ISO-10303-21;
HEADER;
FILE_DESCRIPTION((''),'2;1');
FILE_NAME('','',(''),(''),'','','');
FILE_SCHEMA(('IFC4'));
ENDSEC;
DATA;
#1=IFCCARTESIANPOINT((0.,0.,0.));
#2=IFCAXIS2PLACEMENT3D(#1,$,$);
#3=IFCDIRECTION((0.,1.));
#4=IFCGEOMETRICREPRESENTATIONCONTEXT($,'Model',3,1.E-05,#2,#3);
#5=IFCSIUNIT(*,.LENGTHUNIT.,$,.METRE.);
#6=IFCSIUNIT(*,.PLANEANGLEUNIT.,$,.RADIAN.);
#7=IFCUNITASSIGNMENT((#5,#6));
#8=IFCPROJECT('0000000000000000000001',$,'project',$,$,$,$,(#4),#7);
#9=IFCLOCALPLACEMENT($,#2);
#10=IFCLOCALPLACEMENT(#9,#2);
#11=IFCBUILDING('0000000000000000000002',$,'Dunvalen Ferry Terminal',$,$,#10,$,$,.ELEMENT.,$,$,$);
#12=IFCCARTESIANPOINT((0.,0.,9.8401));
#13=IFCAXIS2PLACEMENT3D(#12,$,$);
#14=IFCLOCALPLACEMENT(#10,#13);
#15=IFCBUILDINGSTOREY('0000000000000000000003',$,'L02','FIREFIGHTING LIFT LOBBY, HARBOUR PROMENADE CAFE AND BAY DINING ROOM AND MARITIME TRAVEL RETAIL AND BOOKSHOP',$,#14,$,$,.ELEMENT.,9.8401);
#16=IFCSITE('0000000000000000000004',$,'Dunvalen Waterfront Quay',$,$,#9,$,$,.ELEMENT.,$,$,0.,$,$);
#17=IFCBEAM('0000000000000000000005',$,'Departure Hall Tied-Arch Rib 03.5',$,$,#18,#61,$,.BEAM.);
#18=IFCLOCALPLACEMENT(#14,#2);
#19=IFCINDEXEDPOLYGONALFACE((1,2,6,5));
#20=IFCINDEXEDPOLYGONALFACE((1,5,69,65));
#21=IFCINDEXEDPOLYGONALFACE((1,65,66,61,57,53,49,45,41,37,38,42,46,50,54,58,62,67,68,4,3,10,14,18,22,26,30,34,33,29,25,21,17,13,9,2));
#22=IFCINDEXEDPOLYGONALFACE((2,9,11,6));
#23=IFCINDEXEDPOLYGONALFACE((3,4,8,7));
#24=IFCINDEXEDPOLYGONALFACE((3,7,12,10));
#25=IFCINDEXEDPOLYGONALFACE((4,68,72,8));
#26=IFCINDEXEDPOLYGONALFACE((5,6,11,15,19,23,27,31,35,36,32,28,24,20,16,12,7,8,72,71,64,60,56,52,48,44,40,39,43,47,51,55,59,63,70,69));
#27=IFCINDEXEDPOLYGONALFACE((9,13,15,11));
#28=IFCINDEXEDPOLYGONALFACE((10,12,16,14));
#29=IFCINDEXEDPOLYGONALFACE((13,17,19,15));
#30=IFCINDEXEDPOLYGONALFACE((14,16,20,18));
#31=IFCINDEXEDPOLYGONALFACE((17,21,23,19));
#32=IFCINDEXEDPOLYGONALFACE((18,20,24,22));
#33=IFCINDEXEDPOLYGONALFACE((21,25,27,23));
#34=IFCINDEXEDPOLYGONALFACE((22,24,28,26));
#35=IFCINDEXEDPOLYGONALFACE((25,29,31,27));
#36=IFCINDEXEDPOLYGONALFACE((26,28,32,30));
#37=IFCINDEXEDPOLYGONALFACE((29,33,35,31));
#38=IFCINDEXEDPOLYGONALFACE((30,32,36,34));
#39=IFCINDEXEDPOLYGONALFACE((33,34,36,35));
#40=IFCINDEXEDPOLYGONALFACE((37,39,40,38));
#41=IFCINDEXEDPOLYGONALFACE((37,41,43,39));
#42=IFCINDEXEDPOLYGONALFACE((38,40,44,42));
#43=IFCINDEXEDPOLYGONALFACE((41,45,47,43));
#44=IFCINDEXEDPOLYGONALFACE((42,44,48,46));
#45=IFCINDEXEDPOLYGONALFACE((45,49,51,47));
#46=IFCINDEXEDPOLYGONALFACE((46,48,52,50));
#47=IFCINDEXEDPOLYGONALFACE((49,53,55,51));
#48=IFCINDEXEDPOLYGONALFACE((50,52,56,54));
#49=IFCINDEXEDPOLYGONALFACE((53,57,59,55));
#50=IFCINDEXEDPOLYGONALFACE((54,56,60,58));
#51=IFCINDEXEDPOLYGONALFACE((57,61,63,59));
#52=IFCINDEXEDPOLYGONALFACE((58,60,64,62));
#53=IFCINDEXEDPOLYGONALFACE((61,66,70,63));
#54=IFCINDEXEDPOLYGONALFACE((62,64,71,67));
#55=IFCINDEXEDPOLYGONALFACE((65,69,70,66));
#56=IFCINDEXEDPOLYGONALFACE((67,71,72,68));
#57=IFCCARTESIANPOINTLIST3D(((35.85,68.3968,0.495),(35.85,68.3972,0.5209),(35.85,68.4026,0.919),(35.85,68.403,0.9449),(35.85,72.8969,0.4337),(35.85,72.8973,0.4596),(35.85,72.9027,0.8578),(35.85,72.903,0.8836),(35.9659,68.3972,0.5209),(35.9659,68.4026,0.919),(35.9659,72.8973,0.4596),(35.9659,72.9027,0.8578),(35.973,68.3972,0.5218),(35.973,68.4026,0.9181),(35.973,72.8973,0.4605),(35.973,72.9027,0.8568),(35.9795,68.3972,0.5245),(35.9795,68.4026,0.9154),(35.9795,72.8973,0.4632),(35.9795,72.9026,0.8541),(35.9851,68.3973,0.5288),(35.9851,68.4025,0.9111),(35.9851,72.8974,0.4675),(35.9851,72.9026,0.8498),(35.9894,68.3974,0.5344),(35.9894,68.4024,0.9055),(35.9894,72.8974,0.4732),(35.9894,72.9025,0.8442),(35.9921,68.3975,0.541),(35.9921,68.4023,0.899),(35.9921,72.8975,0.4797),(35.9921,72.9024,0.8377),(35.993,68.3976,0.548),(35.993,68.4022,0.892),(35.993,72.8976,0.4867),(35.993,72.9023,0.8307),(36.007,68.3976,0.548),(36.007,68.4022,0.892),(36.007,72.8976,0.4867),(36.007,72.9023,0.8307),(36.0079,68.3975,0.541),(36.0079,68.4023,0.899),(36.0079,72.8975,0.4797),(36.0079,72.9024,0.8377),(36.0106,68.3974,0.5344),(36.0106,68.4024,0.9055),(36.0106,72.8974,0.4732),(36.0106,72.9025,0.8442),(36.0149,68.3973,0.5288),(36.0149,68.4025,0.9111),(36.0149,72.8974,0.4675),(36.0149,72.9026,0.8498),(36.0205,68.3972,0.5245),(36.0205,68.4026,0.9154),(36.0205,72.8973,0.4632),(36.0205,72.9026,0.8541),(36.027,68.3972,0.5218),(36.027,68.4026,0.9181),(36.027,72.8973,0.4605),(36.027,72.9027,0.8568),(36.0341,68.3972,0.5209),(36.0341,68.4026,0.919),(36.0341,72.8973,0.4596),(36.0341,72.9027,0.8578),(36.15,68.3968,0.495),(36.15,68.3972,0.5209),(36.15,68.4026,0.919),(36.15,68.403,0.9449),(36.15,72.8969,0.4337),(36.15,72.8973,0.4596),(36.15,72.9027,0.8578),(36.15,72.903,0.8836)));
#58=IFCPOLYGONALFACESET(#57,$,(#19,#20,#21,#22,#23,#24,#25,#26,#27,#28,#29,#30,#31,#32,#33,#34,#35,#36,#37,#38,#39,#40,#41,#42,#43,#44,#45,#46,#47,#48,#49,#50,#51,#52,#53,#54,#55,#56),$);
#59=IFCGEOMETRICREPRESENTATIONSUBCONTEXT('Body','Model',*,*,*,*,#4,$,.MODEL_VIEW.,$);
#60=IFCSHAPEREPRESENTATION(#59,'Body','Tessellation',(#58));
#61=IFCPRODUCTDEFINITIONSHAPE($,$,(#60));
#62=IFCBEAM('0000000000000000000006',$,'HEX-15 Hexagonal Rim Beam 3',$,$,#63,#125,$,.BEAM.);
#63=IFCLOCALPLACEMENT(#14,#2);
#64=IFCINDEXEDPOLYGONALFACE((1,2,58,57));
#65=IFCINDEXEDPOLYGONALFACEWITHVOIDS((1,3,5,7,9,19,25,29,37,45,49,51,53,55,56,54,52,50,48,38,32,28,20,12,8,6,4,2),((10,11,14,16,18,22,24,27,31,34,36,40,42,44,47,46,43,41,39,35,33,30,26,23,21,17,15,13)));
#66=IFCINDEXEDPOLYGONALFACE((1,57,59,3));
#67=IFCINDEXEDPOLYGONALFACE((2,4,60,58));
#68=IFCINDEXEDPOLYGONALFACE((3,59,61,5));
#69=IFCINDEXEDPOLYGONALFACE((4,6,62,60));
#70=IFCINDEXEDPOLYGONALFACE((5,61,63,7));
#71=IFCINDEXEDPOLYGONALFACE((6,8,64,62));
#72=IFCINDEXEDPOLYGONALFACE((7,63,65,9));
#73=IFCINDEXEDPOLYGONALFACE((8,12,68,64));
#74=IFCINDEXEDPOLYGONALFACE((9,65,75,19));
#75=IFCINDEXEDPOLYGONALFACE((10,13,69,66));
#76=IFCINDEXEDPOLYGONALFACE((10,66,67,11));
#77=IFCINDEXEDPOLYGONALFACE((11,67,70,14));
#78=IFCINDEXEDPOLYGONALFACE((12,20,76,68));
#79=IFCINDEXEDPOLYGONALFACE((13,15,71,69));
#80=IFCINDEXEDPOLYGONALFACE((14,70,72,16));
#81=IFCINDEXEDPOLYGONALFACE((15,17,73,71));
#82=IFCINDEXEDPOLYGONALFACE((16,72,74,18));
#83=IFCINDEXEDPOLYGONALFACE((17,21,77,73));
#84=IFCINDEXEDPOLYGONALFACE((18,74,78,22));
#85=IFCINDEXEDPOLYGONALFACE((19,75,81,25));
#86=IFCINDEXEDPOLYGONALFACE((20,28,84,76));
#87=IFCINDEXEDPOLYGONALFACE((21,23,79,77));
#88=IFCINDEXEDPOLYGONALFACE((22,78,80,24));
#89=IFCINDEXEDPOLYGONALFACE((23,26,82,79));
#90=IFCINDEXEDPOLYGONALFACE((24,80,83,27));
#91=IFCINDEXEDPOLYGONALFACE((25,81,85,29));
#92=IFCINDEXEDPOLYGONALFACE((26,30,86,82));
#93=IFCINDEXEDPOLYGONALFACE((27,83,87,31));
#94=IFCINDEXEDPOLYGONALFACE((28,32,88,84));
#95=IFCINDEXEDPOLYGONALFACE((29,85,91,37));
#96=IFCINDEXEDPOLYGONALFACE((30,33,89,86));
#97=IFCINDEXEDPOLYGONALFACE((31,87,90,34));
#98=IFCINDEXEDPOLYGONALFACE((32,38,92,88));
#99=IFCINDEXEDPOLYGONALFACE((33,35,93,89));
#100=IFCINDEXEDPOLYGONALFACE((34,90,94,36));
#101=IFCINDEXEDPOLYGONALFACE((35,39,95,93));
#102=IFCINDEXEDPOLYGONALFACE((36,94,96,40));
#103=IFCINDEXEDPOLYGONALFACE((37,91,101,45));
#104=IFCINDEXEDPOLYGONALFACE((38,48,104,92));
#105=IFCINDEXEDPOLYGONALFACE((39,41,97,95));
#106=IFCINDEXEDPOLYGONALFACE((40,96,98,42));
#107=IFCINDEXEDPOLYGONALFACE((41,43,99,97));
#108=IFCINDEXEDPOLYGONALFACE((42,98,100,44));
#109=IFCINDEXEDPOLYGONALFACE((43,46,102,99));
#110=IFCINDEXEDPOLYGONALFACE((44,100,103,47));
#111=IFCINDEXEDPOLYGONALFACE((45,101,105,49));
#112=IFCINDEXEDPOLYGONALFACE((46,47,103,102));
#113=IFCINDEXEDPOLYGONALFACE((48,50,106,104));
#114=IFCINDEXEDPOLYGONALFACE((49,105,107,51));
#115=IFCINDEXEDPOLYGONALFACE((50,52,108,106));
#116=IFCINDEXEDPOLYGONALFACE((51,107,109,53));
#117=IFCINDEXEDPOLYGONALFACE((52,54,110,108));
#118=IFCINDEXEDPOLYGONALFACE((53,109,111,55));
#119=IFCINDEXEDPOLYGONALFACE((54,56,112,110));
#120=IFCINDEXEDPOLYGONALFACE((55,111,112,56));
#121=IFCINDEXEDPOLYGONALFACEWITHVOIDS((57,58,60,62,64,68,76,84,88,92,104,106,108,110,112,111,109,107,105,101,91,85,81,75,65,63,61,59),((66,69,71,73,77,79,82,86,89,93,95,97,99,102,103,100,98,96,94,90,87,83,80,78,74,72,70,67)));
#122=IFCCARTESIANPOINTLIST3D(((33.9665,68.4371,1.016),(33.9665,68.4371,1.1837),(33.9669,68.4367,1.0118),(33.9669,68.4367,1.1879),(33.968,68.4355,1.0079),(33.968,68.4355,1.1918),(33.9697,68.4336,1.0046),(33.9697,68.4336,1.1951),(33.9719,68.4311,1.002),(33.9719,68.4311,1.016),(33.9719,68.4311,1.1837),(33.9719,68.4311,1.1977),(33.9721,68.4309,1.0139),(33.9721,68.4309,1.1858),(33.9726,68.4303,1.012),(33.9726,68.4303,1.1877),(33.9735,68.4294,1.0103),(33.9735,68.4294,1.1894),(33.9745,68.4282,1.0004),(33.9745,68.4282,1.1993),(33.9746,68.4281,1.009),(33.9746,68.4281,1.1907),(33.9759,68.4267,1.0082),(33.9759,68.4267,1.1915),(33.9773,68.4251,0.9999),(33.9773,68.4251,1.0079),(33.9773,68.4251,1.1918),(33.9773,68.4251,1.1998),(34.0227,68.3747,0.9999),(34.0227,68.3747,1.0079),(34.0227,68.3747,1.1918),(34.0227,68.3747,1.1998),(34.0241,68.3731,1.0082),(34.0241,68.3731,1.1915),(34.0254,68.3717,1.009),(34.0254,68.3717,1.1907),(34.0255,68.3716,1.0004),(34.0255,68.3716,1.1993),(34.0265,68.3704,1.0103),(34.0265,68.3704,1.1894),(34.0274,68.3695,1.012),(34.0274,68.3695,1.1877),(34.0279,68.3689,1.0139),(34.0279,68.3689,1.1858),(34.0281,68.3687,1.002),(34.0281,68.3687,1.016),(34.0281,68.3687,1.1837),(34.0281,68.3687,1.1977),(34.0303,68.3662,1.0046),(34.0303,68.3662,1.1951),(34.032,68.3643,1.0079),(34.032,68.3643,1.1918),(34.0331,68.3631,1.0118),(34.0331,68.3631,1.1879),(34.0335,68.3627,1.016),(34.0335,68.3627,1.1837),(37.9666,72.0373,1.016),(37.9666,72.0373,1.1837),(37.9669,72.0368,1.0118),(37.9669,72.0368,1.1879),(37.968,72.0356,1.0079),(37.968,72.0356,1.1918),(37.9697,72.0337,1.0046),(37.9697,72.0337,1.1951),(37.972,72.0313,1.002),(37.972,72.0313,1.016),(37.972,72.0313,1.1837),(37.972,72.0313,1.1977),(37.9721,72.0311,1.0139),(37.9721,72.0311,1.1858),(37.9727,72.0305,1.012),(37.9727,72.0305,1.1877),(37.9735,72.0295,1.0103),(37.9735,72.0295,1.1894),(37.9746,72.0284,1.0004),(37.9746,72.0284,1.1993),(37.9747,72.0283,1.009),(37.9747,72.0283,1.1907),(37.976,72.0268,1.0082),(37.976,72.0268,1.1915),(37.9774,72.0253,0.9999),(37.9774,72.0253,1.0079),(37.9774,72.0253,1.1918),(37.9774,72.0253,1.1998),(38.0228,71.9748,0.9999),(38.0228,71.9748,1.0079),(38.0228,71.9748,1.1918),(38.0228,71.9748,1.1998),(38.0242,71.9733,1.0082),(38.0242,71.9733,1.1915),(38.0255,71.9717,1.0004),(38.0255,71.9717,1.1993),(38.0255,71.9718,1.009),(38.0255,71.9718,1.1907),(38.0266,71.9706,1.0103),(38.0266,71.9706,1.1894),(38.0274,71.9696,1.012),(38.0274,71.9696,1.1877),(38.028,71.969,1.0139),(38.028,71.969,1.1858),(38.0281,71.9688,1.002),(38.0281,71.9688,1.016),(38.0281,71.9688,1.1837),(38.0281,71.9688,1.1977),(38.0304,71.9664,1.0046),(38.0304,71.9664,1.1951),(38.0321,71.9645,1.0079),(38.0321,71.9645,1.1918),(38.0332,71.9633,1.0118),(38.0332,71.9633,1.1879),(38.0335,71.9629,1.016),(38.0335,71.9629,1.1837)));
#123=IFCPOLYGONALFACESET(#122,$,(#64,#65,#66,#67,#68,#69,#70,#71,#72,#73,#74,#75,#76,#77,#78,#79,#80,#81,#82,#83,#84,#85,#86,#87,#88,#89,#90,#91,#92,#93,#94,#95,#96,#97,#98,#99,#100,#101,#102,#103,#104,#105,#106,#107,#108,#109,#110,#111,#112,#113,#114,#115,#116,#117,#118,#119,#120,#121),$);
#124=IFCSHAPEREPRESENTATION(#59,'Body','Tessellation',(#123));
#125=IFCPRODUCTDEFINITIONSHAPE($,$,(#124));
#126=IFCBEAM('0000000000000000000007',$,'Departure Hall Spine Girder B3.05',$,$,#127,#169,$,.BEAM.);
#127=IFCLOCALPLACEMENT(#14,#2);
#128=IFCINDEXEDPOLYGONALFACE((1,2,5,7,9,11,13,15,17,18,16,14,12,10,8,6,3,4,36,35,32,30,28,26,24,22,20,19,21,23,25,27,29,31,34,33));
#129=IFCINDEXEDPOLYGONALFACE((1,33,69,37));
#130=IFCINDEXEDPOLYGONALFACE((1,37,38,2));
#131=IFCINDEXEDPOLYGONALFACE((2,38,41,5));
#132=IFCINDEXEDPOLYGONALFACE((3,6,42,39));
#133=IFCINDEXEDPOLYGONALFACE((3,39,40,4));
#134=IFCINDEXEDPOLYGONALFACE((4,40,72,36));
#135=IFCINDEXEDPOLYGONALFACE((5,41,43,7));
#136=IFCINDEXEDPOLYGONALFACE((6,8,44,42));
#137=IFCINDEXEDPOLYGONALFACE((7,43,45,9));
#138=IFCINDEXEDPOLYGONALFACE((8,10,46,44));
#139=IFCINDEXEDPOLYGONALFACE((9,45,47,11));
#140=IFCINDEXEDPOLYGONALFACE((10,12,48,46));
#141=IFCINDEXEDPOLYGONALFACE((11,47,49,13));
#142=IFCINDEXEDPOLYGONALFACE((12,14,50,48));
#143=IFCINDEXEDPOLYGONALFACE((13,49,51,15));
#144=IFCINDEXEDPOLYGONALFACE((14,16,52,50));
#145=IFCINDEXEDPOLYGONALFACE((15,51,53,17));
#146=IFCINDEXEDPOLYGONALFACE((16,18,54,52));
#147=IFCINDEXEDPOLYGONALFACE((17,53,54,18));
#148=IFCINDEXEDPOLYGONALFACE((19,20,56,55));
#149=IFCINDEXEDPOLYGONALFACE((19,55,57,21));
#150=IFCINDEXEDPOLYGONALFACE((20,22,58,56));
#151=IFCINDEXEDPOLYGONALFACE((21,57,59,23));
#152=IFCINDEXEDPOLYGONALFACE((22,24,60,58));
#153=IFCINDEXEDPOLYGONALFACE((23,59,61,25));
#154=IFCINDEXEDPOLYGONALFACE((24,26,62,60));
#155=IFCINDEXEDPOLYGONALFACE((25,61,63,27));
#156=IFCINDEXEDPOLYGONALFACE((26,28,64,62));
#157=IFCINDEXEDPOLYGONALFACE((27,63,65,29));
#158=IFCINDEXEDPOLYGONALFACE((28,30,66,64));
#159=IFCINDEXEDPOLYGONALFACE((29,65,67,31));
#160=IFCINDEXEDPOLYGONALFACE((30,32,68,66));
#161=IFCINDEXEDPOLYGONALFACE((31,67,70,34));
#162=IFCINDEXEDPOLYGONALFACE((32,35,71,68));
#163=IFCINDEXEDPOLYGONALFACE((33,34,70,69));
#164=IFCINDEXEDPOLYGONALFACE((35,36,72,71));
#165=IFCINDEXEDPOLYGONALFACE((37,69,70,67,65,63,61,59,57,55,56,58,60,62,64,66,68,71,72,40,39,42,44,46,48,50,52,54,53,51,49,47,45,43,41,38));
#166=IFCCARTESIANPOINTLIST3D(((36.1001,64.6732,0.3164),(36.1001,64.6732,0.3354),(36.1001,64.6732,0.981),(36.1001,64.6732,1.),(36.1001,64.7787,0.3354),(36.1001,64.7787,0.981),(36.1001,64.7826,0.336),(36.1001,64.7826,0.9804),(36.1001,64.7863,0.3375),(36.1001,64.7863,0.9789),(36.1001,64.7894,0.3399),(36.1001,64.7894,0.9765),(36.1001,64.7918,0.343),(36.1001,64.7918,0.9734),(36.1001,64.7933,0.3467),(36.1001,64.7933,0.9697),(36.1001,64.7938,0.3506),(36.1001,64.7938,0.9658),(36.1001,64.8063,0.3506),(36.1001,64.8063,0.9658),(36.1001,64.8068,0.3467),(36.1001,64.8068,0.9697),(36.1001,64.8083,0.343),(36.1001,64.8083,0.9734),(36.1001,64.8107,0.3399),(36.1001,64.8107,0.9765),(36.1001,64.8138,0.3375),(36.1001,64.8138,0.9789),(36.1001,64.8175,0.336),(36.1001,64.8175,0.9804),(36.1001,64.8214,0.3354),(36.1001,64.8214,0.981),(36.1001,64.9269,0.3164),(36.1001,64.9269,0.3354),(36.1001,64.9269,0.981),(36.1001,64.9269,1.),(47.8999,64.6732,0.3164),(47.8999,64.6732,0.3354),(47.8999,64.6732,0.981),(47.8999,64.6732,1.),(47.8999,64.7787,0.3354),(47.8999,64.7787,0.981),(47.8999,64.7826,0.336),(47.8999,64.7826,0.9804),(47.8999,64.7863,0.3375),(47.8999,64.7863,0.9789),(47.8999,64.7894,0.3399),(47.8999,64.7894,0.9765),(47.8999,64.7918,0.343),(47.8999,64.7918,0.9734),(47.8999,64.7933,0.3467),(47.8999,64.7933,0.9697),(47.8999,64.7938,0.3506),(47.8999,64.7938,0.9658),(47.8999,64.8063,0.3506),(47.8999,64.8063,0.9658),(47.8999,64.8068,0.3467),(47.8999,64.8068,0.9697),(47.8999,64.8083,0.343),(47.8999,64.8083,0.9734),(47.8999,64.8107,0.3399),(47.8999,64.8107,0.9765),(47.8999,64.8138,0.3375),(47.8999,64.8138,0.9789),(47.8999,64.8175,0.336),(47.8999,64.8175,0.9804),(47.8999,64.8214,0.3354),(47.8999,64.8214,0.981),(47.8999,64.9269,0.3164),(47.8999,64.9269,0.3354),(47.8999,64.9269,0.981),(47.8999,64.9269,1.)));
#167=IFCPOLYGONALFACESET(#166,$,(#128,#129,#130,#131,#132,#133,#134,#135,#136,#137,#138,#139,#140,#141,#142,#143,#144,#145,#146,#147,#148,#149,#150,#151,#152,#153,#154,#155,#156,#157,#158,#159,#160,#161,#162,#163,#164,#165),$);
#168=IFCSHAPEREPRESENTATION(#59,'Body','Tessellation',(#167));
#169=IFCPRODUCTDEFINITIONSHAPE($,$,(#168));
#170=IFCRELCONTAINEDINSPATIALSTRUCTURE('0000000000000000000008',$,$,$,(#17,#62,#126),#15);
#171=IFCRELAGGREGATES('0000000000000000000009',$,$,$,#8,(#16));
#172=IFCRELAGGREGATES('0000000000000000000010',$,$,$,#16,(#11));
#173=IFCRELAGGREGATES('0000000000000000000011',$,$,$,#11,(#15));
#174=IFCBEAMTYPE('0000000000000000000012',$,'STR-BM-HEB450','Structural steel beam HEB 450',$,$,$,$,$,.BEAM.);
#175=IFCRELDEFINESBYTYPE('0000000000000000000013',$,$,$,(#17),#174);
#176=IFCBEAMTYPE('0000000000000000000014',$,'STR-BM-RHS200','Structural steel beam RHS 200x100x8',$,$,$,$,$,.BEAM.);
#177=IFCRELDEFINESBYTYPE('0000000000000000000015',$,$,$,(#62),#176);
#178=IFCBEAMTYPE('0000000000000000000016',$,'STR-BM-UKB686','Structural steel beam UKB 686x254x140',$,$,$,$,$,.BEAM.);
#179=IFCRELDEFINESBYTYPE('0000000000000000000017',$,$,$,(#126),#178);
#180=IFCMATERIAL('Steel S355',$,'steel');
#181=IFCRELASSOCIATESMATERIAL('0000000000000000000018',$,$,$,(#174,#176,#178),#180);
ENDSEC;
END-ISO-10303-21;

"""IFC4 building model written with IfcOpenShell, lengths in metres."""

from ifc_helpers import new_model, si_unit, direction, frame, origin, origin_2d, place, context, subcontext, project, spatial, hollow_rectangle, i_section, extrude, material, material_profile, profile_set, type_object, element, save


model = new_model("IFC4")

# Units and contexts
model_context = context("Model", 3, precision=1e-05, world=origin(), true_north=direction((0.0, 1.0)))
body_context = subcontext(model_context, "Body", "Model", "MODEL_VIEW")
ifc_project = project(units=[si_unit("LENGTHUNIT", "METRE"), si_unit("PLANEANGLEUNIT", "RADIAN")], contexts=[model_context])

# Site, building, storey
site_placement = place(None, origin())
site = spatial("IfcSite", under=ifc_project, at=site_placement, Name="Dunvalen Waterfront Quay", CompositionType="ELEMENT", RefElevation=0.0)
building_placement = place(site_placement, origin())
building = spatial("IfcBuilding", under=site, at=building_placement, Name="Dunvalen Ferry Terminal", CompositionType="ELEMENT")
storey_placement = place(building_placement, frame((0.0, 0.0, 9.8401)))
storey = spatial("IfcBuildingStorey", under=building, at=storey_placement, Name="L02", Description="FIREFIGHTING LIFT LOBBY, HARBOUR PROMENADE CAFE AND BAY DINING ROOM AND MARITIME TRAVEL RETAIL AND BOOKSHOP", CompositionType="ELEMENT", Elevation=9.8401)

# Beams
ifc_material_1 = material(Name="Steel S355", Category="steel")
ifc_material_profile_1 = material_profile(ifc_material_1, i_section(OverallWidth=0.3, OverallDepth=0.45, WebThickness=0.0139, FlangeThickness=0.0259, FilletRadius=0.0271, at=origin_2d()), Name="Steel S355")
ifc_profile_set_1 = profile_set([ifc_material_profile_1], Name="Steel S355")
beam_type_1 = type_object("IfcBeamType", Name="STR-BM-HEB450", Description="Structural steel beam HEB 450", PredefinedType="BEAM", material=ifc_profile_set_1)
for number, where, z_axis, x_axis, name in (
    (1, (36.0, 68.3999, 0.72), (0.0, 0.999907, -0.013616), (-1.0, 0.0, 0.0), "Departure Hall Tied-Arch Rib 03.5"),
):
    element("IfcBeam", number, at=place(storey_placement, frame(where, z_axis=z_axis, x_axis=x_axis)), inside=storey, type_object=beam_type_1, Name=name, PredefinedType="BEAM", context=body_context, shape_type="SweptSolid", body=[
        extrude(i_section(OverallWidth=0.3, OverallDepth=0.45, WebThickness=0.0139, FlangeThickness=0.0259, FilletRadius=0.0271, at=origin_2d()), origin(), (0.0, 0.0, 1.0), 4.5005),
    ])
ifc_material_profile_2 = material_profile(ifc_material_1, hollow_rectangle(XDim=0.1001, YDim=0.2, WallThickness=0.0081, InnerFilletRadius=0.0081, OuterFilletRadius=0.0161, at=origin_2d()), Name="Steel S355")
ifc_profile_set_2 = profile_set([ifc_material_profile_2], Name="Steel S355")
beam_type_2 = type_object("IfcBeamType", Name="STR-BM-RHS200", Description="Structural steel beam RHS 200x100x8", PredefinedType="BEAM", material=ifc_profile_set_2)
beam_1_placement = place(storey_placement, frame((34.0, 68.3999, 1.0999), z_axis=(0.743285, 0.668975, 0.0), x_axis=(-0.668975, 0.743285, 0.0)))
element("IfcBeam", 2, at=beam_1_placement, inside=storey, type_object=beam_type_2, Name="HEX-15 Hexagonal Rim Beam 3", PredefinedType="BEAM", context=body_context, shape_type="SweptSolid", body=[
    extrude(hollow_rectangle(XDim=0.1001, YDim=0.2, WallThickness=0.0081, InnerFilletRadius=0.0081, OuterFilletRadius=0.0161, at=origin_2d()), origin(), (0.0, 0.0, 1.0), 5.3816),
])
ifc_material_profile_3 = material_profile(ifc_material_1, i_section(OverallWidth=0.2537, OverallDepth=0.6836, WebThickness=0.0125, FlangeThickness=0.019, FilletRadius=0.0151, at=origin_2d()), Name="Steel S355")
ifc_profile_set_3 = profile_set([ifc_material_profile_3], Name="Steel S355")
beam_type_3 = type_object("IfcBeamType", Name="STR-BM-UKB686", Description="Structural steel beam UKB 686x254x140", PredefinedType="BEAM", material=ifc_profile_set_3)
beam_2_placement = place(storey_placement, frame((36.1001, 64.8, 0.6582), z_axis=(1.0, 0.0, 0.0), x_axis=(0.0, 1.0, 0.0)))
element("IfcBeam", 3, at=beam_2_placement, inside=storey, type_object=beam_type_3, Name="Departure Hall Spine Girder B3.05", PredefinedType="BEAM", context=body_context, shape_type="SweptSolid", body=[
    extrude(i_section(OverallWidth=0.2537, OverallDepth=0.6836, WebThickness=0.0125, FlangeThickness=0.019, FilletRadius=0.0151, at=origin_2d()), origin(), (0.0, 0.0, 1.0), 11.7998),
])

save(model, "model.ifc")
